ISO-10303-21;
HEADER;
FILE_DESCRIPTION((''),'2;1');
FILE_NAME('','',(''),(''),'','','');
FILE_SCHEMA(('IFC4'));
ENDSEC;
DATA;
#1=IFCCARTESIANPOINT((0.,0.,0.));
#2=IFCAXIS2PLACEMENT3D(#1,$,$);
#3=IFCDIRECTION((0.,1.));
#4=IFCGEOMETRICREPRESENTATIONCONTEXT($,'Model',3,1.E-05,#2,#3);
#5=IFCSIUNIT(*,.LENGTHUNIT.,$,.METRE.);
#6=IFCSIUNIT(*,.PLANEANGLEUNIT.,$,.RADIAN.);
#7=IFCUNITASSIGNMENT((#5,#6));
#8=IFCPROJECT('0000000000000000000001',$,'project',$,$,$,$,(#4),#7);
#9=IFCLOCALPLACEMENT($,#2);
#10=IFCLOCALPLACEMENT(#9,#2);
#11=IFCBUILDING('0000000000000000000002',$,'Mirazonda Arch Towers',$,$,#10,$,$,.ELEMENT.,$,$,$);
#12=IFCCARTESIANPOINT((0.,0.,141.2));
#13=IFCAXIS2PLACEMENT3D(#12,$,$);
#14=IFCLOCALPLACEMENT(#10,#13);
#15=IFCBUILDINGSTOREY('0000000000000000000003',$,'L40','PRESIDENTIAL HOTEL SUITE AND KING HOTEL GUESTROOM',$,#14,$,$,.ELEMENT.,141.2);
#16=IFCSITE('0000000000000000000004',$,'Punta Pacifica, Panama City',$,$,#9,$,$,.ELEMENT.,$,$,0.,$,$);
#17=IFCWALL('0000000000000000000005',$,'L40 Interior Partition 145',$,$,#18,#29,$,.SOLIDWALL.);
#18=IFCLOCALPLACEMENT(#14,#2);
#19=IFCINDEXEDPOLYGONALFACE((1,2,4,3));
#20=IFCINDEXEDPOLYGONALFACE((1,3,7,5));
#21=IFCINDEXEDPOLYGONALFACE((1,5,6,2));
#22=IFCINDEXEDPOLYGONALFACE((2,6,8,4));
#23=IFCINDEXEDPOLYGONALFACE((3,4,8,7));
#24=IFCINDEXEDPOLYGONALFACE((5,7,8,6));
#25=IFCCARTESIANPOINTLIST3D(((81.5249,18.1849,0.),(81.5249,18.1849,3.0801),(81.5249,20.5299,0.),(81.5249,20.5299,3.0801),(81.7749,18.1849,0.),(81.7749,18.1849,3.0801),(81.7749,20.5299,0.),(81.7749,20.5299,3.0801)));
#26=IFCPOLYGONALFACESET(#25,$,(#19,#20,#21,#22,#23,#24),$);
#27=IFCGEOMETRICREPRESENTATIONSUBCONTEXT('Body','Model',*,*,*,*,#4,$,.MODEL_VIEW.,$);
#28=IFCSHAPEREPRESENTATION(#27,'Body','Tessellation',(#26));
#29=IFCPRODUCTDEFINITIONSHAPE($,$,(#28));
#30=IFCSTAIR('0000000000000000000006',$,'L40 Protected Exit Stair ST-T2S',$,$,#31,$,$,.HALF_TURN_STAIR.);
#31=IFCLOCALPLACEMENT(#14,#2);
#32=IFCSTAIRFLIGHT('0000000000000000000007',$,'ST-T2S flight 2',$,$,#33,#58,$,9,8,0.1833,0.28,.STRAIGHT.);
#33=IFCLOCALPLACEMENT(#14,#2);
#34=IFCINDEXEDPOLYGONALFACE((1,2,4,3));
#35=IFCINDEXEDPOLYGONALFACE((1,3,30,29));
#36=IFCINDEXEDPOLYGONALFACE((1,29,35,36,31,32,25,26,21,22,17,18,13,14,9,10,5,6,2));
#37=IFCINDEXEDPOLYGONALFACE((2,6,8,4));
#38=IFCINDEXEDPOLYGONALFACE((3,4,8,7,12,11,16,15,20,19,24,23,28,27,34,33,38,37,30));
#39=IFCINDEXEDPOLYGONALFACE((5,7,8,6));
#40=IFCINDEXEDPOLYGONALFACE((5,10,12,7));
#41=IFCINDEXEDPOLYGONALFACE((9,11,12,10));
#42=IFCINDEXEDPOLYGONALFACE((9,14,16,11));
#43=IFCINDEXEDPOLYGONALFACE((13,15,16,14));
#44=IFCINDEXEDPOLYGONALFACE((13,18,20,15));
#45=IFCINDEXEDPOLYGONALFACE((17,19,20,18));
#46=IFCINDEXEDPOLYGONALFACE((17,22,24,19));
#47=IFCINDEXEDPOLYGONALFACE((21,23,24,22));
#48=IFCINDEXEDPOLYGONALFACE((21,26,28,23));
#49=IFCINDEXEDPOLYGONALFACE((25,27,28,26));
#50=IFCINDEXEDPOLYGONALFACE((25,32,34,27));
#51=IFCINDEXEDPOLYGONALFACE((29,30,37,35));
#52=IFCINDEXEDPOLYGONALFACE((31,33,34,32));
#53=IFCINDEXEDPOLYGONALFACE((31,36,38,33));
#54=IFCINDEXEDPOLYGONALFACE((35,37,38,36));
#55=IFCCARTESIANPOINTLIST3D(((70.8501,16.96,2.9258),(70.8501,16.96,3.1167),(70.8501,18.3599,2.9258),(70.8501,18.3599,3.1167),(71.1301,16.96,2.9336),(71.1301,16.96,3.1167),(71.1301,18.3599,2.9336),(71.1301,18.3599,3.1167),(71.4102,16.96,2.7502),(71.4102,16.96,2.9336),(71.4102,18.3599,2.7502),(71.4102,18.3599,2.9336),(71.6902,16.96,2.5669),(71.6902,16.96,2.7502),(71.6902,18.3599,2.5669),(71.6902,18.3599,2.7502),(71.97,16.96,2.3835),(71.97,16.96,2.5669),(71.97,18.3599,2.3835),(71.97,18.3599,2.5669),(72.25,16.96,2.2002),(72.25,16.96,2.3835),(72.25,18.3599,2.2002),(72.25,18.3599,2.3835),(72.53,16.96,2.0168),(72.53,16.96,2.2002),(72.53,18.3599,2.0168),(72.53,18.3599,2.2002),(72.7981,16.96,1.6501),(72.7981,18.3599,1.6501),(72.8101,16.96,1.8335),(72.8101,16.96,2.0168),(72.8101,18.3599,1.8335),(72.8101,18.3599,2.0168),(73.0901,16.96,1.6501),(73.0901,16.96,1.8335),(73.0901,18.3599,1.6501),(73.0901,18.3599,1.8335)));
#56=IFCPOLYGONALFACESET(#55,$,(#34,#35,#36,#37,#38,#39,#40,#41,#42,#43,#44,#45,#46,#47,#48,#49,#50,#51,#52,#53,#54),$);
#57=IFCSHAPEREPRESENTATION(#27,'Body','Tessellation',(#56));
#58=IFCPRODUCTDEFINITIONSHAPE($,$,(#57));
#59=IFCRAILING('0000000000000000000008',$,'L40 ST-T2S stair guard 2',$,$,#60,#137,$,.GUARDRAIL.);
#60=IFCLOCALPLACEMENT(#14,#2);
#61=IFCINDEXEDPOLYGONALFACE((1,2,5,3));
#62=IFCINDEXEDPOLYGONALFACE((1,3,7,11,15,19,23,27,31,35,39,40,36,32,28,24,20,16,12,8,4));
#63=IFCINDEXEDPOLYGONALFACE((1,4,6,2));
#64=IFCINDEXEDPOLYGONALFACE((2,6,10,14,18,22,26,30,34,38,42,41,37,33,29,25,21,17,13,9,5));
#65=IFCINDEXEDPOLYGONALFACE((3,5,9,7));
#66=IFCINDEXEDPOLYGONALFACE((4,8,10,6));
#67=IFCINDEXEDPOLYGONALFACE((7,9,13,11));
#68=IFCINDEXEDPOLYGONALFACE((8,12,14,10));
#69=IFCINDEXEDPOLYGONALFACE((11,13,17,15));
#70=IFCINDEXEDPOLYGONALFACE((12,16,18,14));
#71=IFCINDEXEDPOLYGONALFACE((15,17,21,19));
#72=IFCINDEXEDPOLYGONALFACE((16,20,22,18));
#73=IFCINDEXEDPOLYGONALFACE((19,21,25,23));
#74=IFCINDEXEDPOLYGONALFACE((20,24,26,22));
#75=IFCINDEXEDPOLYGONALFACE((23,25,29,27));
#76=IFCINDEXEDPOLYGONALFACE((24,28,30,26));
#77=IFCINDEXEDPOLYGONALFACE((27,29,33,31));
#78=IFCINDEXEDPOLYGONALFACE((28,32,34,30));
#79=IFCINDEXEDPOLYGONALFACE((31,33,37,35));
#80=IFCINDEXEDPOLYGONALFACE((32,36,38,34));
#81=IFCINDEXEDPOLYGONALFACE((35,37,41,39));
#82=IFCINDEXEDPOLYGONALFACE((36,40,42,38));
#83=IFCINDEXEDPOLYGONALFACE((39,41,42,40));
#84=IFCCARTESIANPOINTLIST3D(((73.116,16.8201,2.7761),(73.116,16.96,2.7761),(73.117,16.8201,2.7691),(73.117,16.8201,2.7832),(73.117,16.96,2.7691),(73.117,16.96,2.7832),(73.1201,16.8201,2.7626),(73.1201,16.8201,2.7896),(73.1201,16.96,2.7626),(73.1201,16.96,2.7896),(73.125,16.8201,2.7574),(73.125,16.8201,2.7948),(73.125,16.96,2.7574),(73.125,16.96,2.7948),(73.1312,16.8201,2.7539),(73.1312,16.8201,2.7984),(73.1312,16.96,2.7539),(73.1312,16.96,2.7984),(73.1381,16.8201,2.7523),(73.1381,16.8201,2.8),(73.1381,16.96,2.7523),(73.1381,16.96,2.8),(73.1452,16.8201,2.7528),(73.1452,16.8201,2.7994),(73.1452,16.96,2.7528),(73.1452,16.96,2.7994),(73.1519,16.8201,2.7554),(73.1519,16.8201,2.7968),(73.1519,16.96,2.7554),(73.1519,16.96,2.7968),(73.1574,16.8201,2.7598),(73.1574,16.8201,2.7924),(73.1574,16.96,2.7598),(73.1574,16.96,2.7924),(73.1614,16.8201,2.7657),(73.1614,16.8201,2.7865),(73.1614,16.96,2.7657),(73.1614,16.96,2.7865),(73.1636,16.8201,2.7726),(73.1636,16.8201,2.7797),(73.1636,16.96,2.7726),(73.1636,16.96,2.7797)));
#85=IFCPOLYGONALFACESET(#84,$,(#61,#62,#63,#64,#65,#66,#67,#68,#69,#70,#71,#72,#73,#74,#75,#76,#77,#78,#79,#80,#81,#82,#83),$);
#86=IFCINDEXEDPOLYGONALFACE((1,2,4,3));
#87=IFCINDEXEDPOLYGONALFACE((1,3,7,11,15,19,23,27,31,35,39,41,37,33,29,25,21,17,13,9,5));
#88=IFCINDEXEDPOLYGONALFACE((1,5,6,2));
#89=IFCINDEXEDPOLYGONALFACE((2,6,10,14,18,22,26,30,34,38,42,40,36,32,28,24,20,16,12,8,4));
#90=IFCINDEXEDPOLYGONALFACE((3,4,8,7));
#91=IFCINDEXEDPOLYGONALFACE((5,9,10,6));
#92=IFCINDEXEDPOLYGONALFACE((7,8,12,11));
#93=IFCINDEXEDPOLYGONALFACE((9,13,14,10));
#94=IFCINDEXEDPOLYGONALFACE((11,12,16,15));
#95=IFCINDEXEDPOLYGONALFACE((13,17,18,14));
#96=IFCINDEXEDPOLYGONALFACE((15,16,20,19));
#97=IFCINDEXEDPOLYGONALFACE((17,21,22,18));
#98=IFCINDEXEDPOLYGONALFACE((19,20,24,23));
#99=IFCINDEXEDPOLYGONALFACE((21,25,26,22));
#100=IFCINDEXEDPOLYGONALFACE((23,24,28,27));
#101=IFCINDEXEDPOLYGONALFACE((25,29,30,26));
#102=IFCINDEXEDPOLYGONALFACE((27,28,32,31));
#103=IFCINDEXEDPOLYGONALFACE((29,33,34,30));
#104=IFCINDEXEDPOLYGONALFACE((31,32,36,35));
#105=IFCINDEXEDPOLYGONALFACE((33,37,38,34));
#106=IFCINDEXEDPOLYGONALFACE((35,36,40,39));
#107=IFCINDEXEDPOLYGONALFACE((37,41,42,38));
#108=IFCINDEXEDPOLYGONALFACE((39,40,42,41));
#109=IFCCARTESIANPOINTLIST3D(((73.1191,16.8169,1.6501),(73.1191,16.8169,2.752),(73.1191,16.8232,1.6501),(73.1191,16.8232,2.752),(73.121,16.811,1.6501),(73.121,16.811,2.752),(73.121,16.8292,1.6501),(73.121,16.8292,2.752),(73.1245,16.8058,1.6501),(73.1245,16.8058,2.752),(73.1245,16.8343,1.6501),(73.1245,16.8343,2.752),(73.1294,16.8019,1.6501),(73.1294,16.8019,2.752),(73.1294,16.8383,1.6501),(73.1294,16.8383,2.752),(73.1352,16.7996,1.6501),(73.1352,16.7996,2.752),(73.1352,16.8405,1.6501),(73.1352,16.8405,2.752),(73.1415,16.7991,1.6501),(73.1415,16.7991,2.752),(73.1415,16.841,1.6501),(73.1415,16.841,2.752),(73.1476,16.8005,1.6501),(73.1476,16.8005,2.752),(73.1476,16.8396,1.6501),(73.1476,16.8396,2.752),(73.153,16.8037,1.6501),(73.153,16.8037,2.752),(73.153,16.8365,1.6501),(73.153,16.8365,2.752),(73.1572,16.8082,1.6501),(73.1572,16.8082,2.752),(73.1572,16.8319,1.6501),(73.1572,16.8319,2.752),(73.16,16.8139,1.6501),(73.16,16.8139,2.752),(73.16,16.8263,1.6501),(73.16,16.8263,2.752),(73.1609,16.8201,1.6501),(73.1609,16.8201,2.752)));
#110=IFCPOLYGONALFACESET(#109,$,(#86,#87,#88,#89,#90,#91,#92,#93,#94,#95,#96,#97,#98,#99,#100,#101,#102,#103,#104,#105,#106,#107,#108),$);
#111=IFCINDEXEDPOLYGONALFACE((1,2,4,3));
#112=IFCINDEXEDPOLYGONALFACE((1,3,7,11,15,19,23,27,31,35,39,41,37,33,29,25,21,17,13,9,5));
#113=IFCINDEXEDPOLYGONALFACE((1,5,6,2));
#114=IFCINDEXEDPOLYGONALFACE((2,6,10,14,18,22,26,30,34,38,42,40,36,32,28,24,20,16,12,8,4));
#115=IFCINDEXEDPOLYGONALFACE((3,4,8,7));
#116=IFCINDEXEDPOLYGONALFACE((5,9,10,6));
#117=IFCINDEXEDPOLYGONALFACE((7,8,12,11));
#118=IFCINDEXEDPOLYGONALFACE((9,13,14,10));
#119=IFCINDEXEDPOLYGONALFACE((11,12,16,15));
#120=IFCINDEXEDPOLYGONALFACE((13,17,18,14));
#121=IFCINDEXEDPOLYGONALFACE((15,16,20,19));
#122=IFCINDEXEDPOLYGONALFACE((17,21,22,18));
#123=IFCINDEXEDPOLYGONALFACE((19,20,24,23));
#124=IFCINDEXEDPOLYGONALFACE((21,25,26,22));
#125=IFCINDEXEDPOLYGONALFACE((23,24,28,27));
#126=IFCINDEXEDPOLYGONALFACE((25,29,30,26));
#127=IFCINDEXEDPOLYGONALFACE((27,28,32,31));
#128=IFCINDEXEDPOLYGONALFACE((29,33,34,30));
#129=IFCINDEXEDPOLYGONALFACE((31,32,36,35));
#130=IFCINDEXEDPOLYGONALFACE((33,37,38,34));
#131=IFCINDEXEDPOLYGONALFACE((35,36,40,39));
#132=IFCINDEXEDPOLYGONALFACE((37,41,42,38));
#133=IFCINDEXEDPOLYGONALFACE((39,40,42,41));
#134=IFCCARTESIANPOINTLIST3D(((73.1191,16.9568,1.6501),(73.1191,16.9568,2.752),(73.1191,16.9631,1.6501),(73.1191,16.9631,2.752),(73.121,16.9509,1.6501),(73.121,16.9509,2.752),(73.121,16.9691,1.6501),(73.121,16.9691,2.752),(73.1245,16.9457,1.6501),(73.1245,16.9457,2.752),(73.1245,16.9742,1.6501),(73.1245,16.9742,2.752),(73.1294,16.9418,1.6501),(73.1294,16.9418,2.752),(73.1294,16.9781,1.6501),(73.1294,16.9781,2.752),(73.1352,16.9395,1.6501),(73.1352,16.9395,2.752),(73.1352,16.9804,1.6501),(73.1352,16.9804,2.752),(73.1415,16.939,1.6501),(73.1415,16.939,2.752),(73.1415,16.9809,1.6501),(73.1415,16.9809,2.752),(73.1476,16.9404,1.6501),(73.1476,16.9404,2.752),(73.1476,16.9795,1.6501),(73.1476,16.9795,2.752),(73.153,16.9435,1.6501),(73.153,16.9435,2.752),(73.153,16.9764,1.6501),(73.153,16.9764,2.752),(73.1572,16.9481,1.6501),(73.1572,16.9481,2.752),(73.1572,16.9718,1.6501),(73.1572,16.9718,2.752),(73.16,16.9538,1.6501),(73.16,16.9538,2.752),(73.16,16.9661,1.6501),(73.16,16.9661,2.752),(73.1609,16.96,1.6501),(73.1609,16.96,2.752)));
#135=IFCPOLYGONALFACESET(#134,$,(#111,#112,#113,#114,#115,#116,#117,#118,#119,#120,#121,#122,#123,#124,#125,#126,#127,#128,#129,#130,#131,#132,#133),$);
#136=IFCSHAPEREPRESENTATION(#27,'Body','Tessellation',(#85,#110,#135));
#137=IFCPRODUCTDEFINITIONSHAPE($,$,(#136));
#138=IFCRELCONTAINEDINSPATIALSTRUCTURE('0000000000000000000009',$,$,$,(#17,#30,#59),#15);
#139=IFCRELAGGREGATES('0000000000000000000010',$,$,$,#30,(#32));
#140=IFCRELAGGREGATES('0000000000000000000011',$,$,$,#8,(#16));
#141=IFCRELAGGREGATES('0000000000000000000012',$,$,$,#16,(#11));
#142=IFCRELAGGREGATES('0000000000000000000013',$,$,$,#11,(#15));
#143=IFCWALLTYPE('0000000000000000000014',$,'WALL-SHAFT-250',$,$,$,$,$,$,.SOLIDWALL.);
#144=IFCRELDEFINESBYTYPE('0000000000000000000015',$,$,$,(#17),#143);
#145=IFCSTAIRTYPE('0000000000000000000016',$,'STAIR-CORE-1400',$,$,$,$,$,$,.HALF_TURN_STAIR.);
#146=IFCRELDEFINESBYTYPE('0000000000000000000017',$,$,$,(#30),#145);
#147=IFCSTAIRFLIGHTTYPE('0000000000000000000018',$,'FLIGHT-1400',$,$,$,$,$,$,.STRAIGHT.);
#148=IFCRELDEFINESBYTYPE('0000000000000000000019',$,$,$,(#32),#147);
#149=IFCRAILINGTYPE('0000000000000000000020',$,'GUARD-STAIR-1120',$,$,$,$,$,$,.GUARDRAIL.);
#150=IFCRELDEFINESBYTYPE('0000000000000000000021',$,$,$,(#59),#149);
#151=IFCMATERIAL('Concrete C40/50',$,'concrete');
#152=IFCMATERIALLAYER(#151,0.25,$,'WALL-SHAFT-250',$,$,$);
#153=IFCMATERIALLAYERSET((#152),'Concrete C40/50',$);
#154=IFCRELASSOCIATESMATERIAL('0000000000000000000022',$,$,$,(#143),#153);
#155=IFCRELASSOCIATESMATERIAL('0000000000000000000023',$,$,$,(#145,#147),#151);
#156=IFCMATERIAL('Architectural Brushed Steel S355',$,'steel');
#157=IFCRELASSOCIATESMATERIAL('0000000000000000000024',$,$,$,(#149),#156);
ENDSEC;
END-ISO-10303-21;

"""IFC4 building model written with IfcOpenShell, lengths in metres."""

from ifc_helpers import new_model, si_unit, direction, frame, frame_2d, origin, origin_2d, place, context, subcontext, project, spatial, polyline, rectangle, circle, outline, extrude, material, layer, layer_set, type_object, element, aggregate, save


model = new_model("IFC4")

# Units and contexts
model_context = context("Model", 3, precision=1e-05, world=origin(), true_north=direction((0.0, 1.0)))
body_context = subcontext(model_context, "Body", "Model", "MODEL_VIEW")
ifc_project = project(units=[si_unit("LENGTHUNIT", "METRE"), si_unit("PLANEANGLEUNIT", "RADIAN")], contexts=[model_context])

# Site, building, storey
site_placement = place(None, origin())
site = spatial("IfcSite", under=ifc_project, at=site_placement, Name="Punta Pacifica, Panama City", CompositionType="ELEMENT", RefElevation=0.0)
building_placement = place(site_placement, origin())
building = spatial("IfcBuilding", under=site, at=building_placement, Name="Mirazonda Arch Towers", CompositionType="ELEMENT")
storey_placement = place(building_placement, frame((0.0, 0.0, 141.2)))
storey = spatial("IfcBuildingStorey", under=building, at=storey_placement, Name="L40", Description="PRESIDENTIAL HOTEL SUITE AND KING HOTEL GUESTROOM", CompositionType="ELEMENT", Elevation=141.2)

# Wall
ifc_material_1 = material(Name="Concrete C40/50", Category="concrete")
ifc_layer_1 = layer(ifc_material_1, 0.25, Name="WALL-SHAFT-250")
ifc_layer_set_1 = layer_set([ifc_layer_1], Name="Concrete C40/50")
wall_type_1 = type_object("IfcWallType", Name="WALL-SHAFT-250", PredefinedType="SOLIDWALL", material=ifc_layer_set_1)
wall_1_placement = place(storey_placement, frame((81.6499, 18.1851, 0.0), z_axis=(0.0, 0.0, 1.0), x_axis=(0.0, 1.0, 0.0)))
element("IfcWall", 1, at=wall_1_placement, inside=storey, type_object=wall_type_1, Name="L40 Interior Partition 145", PredefinedType="SOLIDWALL", context=body_context, shape_type="SweptSolid", body=[
    extrude(rectangle(XDim=2.345, YDim=0.25, at=frame_2d((1.1724, 0.0))), origin(), (0.0, 0.0, 1.0), 3.0801),
])

# Stair, stair flight
stair_type = type_object("IfcStairType", Name="STAIR-CORE-1400", PredefinedType="HALF_TURN_STAIR", material=ifc_material_1)
stair_placement = place(storey_placement, origin())
stair = element("IfcStair", 2, at=stair_placement, inside=storey, type_object=stair_type, Name="L40 Protected Exit Stair ST-T2S", PredefinedType="HALF_TURN_STAIR")
stair_flight_type = type_object("IfcStairFlightType", Name="FLIGHT-1400", PredefinedType="STRAIGHT", material=ifc_material_1)
stair_flight_placement = place(storey_placement, frame((73.0901, 17.6599, 1.6501), z_axis=(0.0, 0.0, 1.0), x_axis=(-1.0, 0.0, 0.0)))
stair_flight = element("IfcStairFlight", 3, at=stair_flight_placement, type_object=stair_flight_type, Name="ST-T2S flight 2", NumberOfRisers=9, NumberOfTreads=8, PredefinedType="STRAIGHT", RiserHeight=0.1833, TreadLength=0.28, context=body_context, shape_type="SweptSolid", body=[
    extrude(outline(polyline([(0.0, 0.0), (0.0, 0.1833), (0.28, 0.1833), (0.28, 0.3667), (0.5601, 0.3667), (0.5601, 0.55), (0.8401, 0.55), (0.8401, 0.7334), (1.1201, 0.7334), (1.1201, 0.9167), (1.3999, 0.9167), (1.3999, 1.1001), (1.6799, 1.1001), (1.6799, 1.2834), (1.96, 1.2834), (1.96, 1.4666), (2.24, 1.4666), (2.24, 1.6499), (2.24, 1.2756), (0.292, 0.0), (0.0, 0.0)])), frame((0.0, 0.7, 0.0), z_axis=(0.0, -1.0, 0.0), x_axis=(1.0, 0.0, 0.0)), (0.0, 0.0, 1.0), 1.3999),
])
aggregate(stair, [stair_flight])

# Railing
ifc_material_2 = material(Name="Architectural Brushed Steel S355", Category="steel")
railing_type_1 = type_object("IfcRailingType", Name="GUARD-STAIR-1120", PredefinedType="GUARDRAIL", material=ifc_material_2)
railing_1_placement = place(storey_placement, frame((73.1399, 16.8201, 1.6501)))
element("IfcRailing", 4, at=railing_1_placement, inside=storey, type_object=railing_type_1, Name="L40 ST-T2S stair guard 2", PredefinedType="GUARDRAIL", context=body_context, shape_type="SweptSolid", body=[
    extrude(circle(Radius=0.0239, at=origin_2d()), frame((0.0, 0.0, 1.126), z_axis=(0.0, 1.0, 0.0), x_axis=(-1.0, 0.0, 0.0)), (0.0, 0.0, 1.0), 0.1399),
    extrude(circle(Radius=0.021, at=origin_2d()), origin(), (0.0, 0.0, 1.0), 1.1018),
    extrude(circle(Radius=0.021, at=origin_2d()), frame((0.0, 0.1399, 0.0)), (0.0, 0.0, 1.0), 1.1018),
])

save(model, "model.ifc")
